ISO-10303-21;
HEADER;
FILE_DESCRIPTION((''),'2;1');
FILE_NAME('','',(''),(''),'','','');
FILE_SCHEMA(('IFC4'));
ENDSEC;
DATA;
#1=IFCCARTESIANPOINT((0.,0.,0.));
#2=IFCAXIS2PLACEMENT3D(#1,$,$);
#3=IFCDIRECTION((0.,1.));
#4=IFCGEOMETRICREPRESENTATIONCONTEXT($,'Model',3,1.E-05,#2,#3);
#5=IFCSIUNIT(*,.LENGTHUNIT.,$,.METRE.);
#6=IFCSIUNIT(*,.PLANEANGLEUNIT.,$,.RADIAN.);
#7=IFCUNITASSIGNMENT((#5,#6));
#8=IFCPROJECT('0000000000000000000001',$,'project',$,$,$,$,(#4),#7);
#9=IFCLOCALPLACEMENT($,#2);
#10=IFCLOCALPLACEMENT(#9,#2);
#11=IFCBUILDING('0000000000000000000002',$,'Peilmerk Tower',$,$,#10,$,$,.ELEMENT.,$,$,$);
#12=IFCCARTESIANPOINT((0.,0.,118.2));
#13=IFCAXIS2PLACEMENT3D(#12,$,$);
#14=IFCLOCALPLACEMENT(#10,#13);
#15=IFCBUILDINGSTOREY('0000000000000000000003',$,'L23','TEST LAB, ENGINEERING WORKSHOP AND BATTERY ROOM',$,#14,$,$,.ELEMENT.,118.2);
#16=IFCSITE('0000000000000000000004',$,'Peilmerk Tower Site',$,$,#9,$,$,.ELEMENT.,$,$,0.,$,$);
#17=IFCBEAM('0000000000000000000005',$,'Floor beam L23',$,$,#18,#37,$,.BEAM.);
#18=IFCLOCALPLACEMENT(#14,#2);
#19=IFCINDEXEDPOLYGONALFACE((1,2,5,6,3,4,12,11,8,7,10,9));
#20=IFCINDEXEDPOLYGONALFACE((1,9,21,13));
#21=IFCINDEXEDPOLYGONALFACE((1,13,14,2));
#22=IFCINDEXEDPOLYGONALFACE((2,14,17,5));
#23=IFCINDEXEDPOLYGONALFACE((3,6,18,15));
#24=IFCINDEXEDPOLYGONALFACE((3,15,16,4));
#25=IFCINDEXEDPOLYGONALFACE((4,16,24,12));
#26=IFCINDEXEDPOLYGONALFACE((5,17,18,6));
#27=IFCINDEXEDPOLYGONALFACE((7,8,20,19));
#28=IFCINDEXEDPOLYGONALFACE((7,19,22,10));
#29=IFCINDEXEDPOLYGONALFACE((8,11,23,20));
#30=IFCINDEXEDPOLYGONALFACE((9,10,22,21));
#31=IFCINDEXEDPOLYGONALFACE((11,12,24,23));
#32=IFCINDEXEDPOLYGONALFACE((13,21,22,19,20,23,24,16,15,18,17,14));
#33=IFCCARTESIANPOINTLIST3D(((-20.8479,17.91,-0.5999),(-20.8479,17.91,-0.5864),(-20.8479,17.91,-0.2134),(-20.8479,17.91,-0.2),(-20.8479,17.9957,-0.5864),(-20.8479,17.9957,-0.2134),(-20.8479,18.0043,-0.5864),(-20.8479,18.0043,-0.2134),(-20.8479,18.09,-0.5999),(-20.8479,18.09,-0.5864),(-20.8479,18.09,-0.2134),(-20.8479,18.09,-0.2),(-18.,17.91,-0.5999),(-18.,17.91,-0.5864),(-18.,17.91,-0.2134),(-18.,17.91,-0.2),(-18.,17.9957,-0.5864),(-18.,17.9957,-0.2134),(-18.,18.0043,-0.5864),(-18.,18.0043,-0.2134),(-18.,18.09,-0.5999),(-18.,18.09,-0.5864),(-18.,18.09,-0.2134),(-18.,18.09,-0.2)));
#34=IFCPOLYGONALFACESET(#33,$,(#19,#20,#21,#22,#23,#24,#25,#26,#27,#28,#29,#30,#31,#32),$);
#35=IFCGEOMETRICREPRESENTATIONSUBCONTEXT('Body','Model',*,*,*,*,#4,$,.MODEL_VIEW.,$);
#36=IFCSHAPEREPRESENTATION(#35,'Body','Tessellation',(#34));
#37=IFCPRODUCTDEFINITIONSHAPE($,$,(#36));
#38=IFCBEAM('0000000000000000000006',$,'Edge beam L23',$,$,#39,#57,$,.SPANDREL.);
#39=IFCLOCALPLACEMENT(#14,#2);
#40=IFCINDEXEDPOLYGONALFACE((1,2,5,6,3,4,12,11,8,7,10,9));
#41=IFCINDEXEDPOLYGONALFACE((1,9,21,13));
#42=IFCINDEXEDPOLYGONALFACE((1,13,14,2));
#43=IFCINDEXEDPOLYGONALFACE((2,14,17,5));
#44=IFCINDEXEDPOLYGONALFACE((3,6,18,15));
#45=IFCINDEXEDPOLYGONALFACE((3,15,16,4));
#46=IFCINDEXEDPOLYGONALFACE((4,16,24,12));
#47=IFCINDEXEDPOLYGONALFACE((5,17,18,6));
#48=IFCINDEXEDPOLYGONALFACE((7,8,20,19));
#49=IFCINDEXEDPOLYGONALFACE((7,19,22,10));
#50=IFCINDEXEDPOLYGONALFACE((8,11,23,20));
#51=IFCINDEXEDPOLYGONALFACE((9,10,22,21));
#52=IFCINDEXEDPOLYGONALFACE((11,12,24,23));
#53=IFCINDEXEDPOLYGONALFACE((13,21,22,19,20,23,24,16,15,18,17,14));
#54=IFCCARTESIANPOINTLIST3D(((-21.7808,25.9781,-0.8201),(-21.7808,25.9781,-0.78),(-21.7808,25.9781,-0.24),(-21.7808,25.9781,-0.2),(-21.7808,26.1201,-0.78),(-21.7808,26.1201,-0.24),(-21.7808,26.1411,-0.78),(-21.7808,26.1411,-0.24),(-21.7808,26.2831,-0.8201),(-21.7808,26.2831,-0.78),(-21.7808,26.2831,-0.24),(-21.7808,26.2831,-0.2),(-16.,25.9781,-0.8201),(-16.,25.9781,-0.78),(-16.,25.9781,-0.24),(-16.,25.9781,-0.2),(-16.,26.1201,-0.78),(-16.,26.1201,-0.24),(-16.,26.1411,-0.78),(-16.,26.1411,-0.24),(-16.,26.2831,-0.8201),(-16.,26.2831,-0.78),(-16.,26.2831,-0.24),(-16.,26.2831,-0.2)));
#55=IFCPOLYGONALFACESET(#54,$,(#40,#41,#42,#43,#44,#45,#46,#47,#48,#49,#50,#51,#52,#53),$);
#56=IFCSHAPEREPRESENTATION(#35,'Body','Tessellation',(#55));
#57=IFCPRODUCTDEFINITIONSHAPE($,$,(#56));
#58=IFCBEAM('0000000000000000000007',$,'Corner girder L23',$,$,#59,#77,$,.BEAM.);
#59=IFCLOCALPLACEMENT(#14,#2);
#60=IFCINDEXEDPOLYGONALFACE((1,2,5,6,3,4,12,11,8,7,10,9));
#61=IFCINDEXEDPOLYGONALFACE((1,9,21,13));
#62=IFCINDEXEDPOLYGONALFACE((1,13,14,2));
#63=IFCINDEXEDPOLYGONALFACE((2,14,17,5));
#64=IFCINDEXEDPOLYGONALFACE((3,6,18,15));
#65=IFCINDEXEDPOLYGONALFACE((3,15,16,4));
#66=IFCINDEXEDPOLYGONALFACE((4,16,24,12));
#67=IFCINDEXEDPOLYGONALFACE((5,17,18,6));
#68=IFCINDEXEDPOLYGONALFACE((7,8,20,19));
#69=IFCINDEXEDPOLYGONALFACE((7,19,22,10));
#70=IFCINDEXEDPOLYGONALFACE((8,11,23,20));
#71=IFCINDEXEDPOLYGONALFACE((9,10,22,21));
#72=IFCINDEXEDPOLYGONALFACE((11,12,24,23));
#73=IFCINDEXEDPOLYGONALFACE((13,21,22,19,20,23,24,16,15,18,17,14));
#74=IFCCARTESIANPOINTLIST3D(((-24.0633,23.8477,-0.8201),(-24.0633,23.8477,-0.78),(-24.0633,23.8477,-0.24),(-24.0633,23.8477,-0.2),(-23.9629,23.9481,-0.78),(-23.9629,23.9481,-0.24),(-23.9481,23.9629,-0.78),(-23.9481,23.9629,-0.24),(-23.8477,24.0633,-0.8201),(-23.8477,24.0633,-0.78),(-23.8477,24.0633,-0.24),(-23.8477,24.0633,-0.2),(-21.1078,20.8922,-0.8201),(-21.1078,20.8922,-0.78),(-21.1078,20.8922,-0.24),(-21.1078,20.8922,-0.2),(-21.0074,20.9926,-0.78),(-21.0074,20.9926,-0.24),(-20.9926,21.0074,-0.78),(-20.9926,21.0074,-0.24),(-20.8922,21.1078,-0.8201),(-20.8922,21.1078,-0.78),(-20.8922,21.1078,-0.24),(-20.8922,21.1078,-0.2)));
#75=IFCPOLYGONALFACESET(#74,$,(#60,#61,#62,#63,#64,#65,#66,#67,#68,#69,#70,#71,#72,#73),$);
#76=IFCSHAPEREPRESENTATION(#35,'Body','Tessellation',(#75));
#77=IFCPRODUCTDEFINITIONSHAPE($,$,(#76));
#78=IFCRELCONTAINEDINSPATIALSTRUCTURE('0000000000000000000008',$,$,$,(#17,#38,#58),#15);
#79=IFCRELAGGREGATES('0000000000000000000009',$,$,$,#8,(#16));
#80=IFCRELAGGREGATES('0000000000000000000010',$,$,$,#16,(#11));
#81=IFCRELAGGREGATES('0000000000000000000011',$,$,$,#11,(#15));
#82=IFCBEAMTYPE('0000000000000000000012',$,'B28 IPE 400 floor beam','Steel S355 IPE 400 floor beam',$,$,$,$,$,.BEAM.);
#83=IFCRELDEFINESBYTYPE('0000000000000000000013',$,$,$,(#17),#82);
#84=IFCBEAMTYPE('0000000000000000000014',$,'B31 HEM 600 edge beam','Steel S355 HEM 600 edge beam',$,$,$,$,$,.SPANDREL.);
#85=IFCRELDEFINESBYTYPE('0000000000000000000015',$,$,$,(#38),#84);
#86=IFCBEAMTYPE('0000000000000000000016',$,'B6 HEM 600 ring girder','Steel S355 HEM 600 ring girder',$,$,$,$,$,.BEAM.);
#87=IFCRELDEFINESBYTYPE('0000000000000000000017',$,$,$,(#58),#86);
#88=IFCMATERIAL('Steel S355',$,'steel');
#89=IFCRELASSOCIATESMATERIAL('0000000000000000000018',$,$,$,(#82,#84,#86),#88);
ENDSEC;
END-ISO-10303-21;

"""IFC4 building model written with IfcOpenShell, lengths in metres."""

from ifc_helpers import new_model, si_unit, direction, frame, origin, origin_2d, place, context, subcontext, project, spatial, i_section, extrude, material, material_profile, profile_set, type_object, element, save


model = new_model("IFC4")

# Units and contexts
model_context = context("Model", 3, precision=1e-05, world=origin(), true_north=direction((0.0, 1.0)))
body_context = subcontext(model_context, "Body", "Model", "MODEL_VIEW")
ifc_project = project(units=[si_unit("LENGTHUNIT", "METRE"), si_unit("PLANEANGLEUNIT", "RADIAN")], contexts=[model_context])

# Site, building, storey
site_placement = place(None, origin())
site = spatial("IfcSite", under=ifc_project, at=site_placement, Name="Peilmerk Tower Site", CompositionType="ELEMENT", RefElevation=0.0)
building_placement = place(site_placement, origin())
building = spatial("IfcBuilding", under=site, at=building_placement, Name="Peilmerk Tower", CompositionType="ELEMENT")
storey_placement = place(building_placement, frame((0.0, 0.0, 118.2)))
storey = spatial("IfcBuildingStorey", under=building, at=storey_placement, Name="L23", Description="TEST LAB, ENGINEERING WORKSHOP AND BATTERY ROOM", CompositionType="ELEMENT", Elevation=118.2)

# Beams
ifc_material_1 = material(Name="Steel S355", Category="steel")
ifc_material_profile_1 = material_profile(ifc_material_1, i_section(OverallWidth=0.1799, OverallDepth=0.3999, WebThickness=0.0085, FlangeThickness=0.0134, at=origin_2d()), Name="IPE 400")
ifc_profile_set_1 = profile_set([ifc_material_profile_1], Name="Steel S355")
beam_type_1 = type_object("IfcBeamType", Name="B28 IPE 400 floor beam", Description="Steel S355 IPE 400 floor beam", PredefinedType="BEAM", material=ifc_profile_set_1)
for number, where, z_axis, x_axis, name in (
    (1, (-18.0, 18.0, -0.3999), (-1.0, 0.0, 0.0), (0.0, -1.0, 0.0), "Floor beam L23"),
):
    element("IfcBeam", number, at=place(storey_placement, frame(where, z_axis=z_axis, x_axis=x_axis)), inside=storey, type_object=beam_type_1, Name=name, PredefinedType="BEAM", context=body_context, shape_type="SweptSolid", body=[
        extrude(i_section(OverallWidth=0.1799, OverallDepth=0.3999, WebThickness=0.0085, FlangeThickness=0.0134, at=origin_2d()), origin(), (0.0, 0.0, 1.0), 2.8479),
    ])
ifc_material_profile_2 = material_profile(ifc_material_1, i_section(OverallWidth=0.3049, OverallDepth=0.6201, WebThickness=0.021, FlangeThickness=0.04, at=origin_2d()), Name="HEM 600")
ifc_profile_set_2 = profile_set([ifc_material_profile_2], Name="Steel S355")
beam_type_2 = type_object("IfcBeamType", Name="B31 HEM 600 edge beam", Description="Steel S355 HEM 600 edge beam", PredefinedType="SPANDREL", material=ifc_profile_set_2)
beam_1_placement = place(storey_placement, frame((-16.0, 26.1306, -0.51), z_axis=(-1.0, 0.0, 0.0), x_axis=(0.0, -1.0, 0.0)))
element("IfcBeam", 2, at=beam_1_placement, inside=storey, type_object=beam_type_2, Name="Edge beam L23", PredefinedType="SPANDREL", context=body_context, shape_type="SweptSolid", body=[
    extrude(i_section(OverallWidth=0.3049, OverallDepth=0.6201, WebThickness=0.021, FlangeThickness=0.04, at=origin_2d()), origin(), (0.0, 0.0, 1.0), 5.7808),
])
ifc_material_profile_3 = material_profile(ifc_material_1, i_section(OverallWidth=0.3049, OverallDepth=0.6201, WebThickness=0.021, FlangeThickness=0.04, at=origin_2d()), Name="HEM 600")
ifc_profile_set_3 = profile_set([ifc_material_profile_3], Name="Steel S355")
beam_type_3 = type_object("IfcBeamType", Name="B6 HEM 600 ring girder", Description="Steel S355 HEM 600 ring girder", PredefinedType="BEAM", material=ifc_profile_set_3)
beam_2_placement = place(storey_placement, frame((-21.0, 21.0, -0.51), z_axis=(-0.707107, 0.707107, 0.0), x_axis=(-0.707107, -0.707107, 0.0)))
element("IfcBeam", 3, at=beam_2_placement, inside=storey, type_object=beam_type_3, Name="Corner girder L23", PredefinedType="BEAM", context=body_context, shape_type="SweptSolid", body=[
    extrude(i_section(OverallWidth=0.3049, OverallDepth=0.6201, WebThickness=0.021, FlangeThickness=0.04, at=origin_2d()), origin(), (0.0, 0.0, 1.0), 4.1797),
])

save(model, "model.ifc")
